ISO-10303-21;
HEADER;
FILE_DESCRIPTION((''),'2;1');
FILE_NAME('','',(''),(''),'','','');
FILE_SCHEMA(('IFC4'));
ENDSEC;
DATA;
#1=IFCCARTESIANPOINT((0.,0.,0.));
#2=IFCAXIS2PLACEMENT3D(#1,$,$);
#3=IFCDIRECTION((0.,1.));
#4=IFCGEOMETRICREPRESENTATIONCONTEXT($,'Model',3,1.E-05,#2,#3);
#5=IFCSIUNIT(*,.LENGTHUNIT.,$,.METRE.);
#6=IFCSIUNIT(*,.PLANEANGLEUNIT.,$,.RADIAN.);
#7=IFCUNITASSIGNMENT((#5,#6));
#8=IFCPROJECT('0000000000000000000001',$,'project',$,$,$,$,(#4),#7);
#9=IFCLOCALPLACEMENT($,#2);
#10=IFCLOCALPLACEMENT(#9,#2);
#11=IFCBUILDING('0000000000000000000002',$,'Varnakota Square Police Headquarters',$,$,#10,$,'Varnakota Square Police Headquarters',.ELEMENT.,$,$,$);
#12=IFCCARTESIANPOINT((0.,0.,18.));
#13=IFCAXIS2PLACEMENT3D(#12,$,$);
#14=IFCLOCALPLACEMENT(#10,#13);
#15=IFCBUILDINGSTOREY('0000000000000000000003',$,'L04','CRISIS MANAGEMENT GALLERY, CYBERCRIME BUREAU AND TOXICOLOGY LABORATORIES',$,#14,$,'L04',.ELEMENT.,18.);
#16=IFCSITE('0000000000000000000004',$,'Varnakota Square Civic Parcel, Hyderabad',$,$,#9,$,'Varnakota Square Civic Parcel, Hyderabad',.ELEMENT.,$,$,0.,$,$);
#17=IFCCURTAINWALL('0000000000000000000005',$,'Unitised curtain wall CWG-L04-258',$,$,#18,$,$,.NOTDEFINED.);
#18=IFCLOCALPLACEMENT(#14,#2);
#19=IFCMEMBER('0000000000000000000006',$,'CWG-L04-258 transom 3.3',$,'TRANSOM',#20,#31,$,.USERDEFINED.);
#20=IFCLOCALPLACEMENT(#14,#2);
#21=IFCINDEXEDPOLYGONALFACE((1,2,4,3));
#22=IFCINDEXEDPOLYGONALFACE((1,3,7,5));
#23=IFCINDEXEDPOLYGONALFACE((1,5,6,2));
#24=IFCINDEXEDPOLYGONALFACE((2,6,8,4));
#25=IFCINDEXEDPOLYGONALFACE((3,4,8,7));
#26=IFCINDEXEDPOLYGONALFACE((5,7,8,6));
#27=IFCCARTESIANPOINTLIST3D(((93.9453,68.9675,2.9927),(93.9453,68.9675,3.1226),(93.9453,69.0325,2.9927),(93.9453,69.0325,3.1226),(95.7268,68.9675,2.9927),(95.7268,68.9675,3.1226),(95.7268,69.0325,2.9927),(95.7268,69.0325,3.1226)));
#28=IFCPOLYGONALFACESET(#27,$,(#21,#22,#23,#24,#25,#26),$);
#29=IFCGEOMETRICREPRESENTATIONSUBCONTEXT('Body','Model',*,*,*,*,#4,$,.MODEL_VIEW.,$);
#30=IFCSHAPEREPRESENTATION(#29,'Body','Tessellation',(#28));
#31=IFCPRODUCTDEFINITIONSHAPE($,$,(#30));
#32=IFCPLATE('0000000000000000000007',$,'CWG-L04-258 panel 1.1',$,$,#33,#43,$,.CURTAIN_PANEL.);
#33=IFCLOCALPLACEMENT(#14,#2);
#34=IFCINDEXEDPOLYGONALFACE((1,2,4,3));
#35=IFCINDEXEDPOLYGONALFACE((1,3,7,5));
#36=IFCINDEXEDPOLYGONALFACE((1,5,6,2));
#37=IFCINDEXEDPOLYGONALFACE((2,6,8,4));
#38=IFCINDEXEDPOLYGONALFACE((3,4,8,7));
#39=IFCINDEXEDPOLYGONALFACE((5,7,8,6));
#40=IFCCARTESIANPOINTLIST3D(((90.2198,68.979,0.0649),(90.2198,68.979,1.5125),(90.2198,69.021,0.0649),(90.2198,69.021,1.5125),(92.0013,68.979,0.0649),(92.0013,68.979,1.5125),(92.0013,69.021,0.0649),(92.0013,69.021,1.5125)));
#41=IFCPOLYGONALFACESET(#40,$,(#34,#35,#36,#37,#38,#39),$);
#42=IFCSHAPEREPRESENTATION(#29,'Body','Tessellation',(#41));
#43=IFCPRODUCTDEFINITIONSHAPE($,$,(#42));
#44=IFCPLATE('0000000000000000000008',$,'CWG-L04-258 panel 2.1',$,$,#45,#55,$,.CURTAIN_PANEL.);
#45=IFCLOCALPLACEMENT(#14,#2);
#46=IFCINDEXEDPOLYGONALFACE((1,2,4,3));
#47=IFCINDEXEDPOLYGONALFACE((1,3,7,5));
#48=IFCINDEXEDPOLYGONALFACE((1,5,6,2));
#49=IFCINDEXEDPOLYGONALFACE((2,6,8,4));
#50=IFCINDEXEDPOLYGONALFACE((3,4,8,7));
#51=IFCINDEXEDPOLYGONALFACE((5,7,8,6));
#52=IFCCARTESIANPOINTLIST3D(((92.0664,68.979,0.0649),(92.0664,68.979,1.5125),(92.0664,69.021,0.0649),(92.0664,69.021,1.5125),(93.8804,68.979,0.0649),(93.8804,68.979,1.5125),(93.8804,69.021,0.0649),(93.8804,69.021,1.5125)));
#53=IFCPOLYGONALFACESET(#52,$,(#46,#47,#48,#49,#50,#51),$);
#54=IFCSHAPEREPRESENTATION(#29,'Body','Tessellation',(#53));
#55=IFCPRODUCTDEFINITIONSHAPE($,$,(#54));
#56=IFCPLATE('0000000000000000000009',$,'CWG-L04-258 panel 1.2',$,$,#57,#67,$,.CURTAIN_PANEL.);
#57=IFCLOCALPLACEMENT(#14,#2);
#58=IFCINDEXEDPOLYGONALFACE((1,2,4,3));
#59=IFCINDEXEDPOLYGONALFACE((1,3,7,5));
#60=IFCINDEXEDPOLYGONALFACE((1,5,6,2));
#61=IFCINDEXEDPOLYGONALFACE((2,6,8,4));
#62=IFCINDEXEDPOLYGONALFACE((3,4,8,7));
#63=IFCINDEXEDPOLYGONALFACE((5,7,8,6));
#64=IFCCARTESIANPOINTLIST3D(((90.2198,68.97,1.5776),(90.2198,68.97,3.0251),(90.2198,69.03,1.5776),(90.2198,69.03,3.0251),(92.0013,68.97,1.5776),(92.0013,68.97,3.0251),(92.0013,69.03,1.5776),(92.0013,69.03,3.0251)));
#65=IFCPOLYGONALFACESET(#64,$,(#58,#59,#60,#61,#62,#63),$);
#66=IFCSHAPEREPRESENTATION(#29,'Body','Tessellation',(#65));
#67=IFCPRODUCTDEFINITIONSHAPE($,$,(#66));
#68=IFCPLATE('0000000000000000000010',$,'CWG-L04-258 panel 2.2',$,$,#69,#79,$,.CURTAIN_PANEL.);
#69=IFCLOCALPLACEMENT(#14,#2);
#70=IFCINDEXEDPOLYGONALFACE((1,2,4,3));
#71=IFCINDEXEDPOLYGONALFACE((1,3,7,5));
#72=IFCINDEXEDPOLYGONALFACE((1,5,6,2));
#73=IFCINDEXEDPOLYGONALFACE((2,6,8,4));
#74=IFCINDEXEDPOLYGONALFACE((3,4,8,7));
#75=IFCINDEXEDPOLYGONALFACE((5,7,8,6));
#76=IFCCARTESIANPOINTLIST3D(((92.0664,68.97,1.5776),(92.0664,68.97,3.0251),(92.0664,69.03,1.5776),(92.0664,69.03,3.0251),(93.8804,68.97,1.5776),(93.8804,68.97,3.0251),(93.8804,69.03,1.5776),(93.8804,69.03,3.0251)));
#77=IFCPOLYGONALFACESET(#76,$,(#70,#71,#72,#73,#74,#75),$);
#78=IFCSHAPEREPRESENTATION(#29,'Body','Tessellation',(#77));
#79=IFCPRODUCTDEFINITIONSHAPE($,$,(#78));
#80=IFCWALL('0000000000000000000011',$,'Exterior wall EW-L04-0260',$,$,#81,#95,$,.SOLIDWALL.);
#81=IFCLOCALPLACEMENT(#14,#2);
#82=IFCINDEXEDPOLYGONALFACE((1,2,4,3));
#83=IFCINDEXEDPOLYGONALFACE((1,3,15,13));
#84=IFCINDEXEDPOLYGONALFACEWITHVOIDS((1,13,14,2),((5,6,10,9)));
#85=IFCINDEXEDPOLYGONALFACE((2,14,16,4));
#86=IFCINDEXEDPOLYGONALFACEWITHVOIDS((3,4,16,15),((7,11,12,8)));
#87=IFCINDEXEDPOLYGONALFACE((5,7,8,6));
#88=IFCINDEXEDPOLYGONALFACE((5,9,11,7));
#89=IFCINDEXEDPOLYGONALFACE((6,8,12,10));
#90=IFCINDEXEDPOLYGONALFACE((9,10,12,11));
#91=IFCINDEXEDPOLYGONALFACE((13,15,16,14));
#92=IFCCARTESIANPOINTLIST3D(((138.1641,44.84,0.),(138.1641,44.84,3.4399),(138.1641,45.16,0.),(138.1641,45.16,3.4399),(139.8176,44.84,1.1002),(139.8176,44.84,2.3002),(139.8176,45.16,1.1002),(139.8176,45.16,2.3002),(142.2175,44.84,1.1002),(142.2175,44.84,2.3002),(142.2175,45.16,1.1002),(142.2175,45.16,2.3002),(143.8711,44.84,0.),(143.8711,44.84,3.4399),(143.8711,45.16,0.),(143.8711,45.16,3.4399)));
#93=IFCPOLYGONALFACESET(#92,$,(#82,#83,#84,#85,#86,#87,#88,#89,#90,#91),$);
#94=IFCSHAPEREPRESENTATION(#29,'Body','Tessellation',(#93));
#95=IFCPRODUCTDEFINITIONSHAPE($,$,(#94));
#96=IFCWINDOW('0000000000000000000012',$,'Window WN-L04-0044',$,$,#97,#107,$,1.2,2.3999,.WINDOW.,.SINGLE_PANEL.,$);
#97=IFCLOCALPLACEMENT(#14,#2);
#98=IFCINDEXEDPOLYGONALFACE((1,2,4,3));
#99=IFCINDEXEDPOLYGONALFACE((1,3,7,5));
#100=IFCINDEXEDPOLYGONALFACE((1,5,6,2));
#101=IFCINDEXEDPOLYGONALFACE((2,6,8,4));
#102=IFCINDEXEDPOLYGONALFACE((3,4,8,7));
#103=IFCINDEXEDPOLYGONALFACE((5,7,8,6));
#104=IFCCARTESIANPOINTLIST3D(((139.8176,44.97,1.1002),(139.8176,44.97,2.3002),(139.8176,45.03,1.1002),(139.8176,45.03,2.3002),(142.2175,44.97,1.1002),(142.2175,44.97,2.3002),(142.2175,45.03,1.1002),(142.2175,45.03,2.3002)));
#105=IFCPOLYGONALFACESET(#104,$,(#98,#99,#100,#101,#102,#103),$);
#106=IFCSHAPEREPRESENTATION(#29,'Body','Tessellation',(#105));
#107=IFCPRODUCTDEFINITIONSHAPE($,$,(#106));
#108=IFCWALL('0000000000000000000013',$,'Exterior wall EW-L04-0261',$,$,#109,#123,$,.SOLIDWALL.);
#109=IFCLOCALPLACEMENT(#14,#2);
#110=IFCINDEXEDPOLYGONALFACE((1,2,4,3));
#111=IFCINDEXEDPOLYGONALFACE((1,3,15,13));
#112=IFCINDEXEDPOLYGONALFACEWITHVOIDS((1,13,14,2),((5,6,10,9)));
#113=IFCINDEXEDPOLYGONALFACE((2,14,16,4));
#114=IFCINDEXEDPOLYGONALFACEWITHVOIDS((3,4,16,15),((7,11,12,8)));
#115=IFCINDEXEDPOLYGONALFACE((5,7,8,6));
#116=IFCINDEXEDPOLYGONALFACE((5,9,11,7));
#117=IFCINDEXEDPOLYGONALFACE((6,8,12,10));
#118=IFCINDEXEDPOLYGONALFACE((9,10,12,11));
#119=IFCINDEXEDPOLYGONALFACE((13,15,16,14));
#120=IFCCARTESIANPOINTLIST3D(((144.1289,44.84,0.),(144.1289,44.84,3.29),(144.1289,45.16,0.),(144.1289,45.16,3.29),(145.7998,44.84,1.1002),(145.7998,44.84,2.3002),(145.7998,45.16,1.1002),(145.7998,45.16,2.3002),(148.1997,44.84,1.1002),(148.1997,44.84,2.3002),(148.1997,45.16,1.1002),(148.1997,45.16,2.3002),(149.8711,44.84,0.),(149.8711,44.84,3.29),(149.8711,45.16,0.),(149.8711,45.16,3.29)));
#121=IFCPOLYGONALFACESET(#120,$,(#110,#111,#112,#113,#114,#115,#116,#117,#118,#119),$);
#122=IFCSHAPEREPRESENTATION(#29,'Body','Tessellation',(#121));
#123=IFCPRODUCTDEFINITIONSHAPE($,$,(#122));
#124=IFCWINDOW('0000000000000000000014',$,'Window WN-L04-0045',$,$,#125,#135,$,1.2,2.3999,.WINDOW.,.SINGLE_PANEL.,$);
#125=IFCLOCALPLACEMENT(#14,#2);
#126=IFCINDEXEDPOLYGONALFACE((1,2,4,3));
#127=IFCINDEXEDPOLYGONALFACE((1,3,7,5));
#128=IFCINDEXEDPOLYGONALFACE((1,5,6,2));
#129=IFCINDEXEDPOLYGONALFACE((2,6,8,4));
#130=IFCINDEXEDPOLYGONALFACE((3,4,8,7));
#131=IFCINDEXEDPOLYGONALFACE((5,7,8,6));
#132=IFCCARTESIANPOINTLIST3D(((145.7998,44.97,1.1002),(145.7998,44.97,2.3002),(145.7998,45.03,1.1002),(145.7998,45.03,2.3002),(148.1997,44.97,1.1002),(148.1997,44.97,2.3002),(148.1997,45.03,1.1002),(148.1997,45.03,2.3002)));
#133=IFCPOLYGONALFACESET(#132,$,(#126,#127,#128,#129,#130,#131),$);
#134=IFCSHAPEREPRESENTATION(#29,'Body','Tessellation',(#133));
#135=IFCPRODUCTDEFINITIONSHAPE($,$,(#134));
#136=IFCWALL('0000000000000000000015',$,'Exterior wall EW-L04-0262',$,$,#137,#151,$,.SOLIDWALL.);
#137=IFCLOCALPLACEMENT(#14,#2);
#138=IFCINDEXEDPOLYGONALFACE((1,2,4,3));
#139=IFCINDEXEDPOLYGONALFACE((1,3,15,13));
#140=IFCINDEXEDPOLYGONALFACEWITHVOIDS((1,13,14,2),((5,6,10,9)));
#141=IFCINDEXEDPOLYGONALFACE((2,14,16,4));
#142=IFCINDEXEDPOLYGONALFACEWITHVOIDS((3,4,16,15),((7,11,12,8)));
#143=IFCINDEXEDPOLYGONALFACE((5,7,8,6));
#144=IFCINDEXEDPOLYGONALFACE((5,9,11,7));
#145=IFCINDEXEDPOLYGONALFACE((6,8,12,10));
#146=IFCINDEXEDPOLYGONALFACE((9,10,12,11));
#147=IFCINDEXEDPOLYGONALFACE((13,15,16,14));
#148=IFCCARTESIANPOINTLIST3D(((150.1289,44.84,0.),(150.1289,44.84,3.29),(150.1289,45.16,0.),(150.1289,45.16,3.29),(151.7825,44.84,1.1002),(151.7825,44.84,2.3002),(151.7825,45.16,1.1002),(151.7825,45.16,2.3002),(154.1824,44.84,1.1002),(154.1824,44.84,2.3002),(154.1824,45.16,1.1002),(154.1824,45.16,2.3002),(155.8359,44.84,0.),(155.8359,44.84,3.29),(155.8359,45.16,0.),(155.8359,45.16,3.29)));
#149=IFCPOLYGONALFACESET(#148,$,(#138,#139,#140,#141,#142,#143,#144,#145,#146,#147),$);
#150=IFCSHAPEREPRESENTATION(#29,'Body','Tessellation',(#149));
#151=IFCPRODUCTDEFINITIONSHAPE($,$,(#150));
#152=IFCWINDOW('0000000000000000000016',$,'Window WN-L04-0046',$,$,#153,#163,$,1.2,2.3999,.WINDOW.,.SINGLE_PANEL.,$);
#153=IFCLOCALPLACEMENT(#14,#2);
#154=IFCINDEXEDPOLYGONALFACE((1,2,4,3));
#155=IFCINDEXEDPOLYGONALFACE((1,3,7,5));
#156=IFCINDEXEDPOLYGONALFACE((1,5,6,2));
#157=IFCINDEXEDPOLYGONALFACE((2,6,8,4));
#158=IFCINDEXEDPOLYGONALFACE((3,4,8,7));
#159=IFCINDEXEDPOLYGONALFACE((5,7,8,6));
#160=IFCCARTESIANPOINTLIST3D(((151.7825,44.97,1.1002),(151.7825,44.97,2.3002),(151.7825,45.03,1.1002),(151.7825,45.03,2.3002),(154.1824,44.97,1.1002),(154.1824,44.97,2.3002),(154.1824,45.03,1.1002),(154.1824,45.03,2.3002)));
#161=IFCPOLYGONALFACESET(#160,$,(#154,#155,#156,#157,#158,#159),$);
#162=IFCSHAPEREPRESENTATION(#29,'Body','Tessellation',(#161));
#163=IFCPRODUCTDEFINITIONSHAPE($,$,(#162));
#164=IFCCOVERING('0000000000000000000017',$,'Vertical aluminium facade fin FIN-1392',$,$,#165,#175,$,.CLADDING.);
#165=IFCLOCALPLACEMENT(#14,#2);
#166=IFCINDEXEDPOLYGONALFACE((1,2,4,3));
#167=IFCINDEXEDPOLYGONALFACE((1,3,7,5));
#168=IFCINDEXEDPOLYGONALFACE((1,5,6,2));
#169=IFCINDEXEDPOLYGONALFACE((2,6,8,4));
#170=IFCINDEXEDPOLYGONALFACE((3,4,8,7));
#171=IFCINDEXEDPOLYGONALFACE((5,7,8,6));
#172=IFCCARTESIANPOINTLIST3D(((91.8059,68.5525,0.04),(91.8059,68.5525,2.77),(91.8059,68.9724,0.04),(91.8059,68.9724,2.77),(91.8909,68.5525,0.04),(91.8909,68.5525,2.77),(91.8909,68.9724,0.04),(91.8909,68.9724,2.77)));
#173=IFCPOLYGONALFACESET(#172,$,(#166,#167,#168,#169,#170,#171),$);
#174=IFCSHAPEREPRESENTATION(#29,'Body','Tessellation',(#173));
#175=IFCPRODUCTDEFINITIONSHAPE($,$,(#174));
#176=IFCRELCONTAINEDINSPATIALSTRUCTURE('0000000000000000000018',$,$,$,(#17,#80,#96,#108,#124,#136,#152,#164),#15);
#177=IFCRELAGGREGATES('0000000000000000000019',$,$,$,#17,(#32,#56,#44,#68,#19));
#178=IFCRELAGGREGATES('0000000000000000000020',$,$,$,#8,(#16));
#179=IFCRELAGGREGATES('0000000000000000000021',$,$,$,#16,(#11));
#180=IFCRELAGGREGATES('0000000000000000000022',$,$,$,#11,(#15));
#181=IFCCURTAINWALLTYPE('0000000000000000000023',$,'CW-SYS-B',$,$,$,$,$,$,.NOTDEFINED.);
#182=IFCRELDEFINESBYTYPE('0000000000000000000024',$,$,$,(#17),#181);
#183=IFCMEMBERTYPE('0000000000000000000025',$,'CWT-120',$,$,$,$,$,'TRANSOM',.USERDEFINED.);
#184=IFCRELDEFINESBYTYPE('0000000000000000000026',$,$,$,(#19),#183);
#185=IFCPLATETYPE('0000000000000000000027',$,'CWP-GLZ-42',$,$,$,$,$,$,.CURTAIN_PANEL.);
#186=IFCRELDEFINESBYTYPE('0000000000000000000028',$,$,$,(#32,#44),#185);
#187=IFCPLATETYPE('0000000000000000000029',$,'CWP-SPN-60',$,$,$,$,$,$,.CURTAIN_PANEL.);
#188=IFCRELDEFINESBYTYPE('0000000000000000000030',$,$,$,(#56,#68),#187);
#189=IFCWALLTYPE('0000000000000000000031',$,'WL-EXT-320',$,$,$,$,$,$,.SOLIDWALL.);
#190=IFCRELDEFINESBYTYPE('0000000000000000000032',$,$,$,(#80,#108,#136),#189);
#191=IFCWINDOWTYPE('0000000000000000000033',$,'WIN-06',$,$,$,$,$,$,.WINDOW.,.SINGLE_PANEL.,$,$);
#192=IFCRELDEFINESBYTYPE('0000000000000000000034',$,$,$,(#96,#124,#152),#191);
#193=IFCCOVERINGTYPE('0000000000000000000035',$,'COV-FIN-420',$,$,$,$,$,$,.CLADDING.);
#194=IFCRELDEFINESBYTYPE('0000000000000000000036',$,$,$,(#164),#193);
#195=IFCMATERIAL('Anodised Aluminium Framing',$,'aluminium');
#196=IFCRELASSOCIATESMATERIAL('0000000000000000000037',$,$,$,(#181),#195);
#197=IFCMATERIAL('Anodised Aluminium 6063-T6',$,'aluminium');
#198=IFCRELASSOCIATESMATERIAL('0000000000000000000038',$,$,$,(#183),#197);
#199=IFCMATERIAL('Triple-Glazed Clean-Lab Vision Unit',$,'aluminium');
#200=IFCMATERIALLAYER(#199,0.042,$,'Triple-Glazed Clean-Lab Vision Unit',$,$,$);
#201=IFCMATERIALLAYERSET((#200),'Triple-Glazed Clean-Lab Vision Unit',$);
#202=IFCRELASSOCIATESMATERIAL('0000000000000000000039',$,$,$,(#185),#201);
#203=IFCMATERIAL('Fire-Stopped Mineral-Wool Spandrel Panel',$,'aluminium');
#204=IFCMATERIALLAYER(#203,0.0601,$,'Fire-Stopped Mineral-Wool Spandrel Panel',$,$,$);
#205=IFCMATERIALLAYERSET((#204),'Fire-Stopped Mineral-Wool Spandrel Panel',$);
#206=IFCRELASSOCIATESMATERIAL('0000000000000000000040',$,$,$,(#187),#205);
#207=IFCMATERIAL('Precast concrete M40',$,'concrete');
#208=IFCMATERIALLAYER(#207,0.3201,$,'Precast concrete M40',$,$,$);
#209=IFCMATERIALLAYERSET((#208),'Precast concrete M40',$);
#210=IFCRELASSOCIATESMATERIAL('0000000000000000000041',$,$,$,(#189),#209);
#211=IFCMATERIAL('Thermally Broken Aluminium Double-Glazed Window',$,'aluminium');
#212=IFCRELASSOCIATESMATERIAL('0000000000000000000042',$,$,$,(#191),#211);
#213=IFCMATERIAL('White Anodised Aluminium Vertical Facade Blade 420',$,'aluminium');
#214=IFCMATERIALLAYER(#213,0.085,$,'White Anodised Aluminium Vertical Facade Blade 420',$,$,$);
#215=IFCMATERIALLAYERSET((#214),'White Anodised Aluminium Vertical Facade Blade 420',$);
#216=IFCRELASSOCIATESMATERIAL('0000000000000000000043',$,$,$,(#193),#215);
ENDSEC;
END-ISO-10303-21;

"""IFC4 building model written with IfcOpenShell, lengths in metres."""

from ifc_helpers import new_model, si_unit, direction, frame, frame_2d, origin, origin_2d, place, context, subcontext, project, spatial, rectangle, extrude, material, layer, layer_set, material_profile, profile_set, type_object, element, fill, aggregate, save


model = new_model("IFC4")

# Units and contexts
model_context = context("Model", 3, precision=1e-05, world=origin(), true_north=direction((0.0, 1.0)))
body_context = subcontext(model_context, "Body", "Model", "MODEL_VIEW")
ifc_project = project(units=[si_unit("LENGTHUNIT", "METRE"), si_unit("PLANEANGLEUNIT", "RADIAN")], contexts=[model_context])

# Site, building, storey
site_placement = place(None, origin())
site = spatial("IfcSite", under=ifc_project, at=site_placement, Name="Varnakota Square Civic Parcel, Hyderabad", LongName="Varnakota Square Civic Parcel, Hyderabad", CompositionType="ELEMENT", RefElevation=0.0)
building_placement = place(site_placement, origin())
building = spatial("IfcBuilding", under=site, at=building_placement, Name="Varnakota Square Police Headquarters", LongName="Varnakota Square Police Headquarters", CompositionType="ELEMENT")
storey_placement = place(building_placement, frame((0.0, 0.0, 18.0)))
storey = spatial("IfcBuildingStorey", under=building, at=storey_placement, Name="L04", Description="CRISIS MANAGEMENT GALLERY, CYBERCRIME BUREAU AND TOXICOLOGY LABORATORIES", LongName="L04", CompositionType="ELEMENT", Elevation=18.0)

# Curtain wall, member, plates
ifc_material_1 = material(Name="Anodised Aluminium Framing", Category="aluminium")
curtain_wall_type = type_object("IfcCurtainWallType", Name="CW-SYS-B", PredefinedType="NOTDEFINED", material=ifc_material_1)
curtain_wall_placement = place(storey_placement, origin())
curtain_wall = element("IfcCurtainWall", 1, at=curtain_wall_placement, inside=storey, type_object=curtain_wall_type, Name="Unitised curtain wall CWG-L04-258", PredefinedType="NOTDEFINED")
ifc_material_2 = material(Name="Anodised Aluminium 6063-T6", Category="aluminium")
ifc_material_profile_1 = material_profile(ifc_material_2, rectangle(XDim=0.0649, YDim=0.1299, at=origin_2d()), Name="ALU TRANSOM 65x130")
ifc_profile_set_1 = profile_set([ifc_material_profile_1], Name="Anodised Aluminium 6063-T6")
member_type_1 = type_object("IfcMemberType", Name="CWT-120", ElementType="TRANSOM", PredefinedType="USERDEFINED", material=ifc_profile_set_1)
member_1_placement = place(storey_placement, frame((93.9453, 69.0, 3.0576), z_axis=(1.0, 0.0, 0.0), x_axis=(0.0, 1.0, 0.0)))
member_1 = element("IfcMember", 2, at=member_1_placement, type_object=member_type_1, Name="CWG-L04-258 transom 3.3", ObjectType="TRANSOM", PredefinedType="USERDEFINED", context=body_context, shape_type="SweptSolid", body=[
    extrude(rectangle(XDim=0.0649, YDim=0.1299, at=origin_2d()), origin(), (0.0, 0.0, 1.0), 1.7815),
])
ifc_material_3 = material(Name="Triple-Glazed Clean-Lab Vision Unit", Category="aluminium")
ifc_layer_1 = layer(ifc_material_3, 0.042, Name="Triple-Glazed Clean-Lab Vision Unit")
ifc_layer_set_1 = layer_set([ifc_layer_1], Name="Triple-Glazed Clean-Lab Vision Unit")
plate_type_1 = type_object("IfcPlateType", Name="CWP-GLZ-42", PredefinedType="CURTAIN_PANEL", material=ifc_layer_set_1)
plate_1_placement = place(storey_placement, frame((91.1106, 69.0, 0.0649), z_axis=(0.0, 0.0, 1.0), x_axis=(1.0, 0.0, 0.0)))
plate_1 = element("IfcPlate", 3, at=plate_1_placement, type_object=plate_type_1, Name="CWG-L04-258 panel 1.1", PredefinedType="CURTAIN_PANEL", context=body_context, shape_type="SweptSolid", body=[
    extrude(rectangle(XDim=1.7815, YDim=0.042, at=origin_2d()), origin(), (0.0, 0.0, 1.0), 1.4475),
])
plate_2_placement = place(storey_placement, frame((92.9734, 69.0, 0.0649), z_axis=(0.0, 0.0, 1.0), x_axis=(1.0, 0.0, 0.0)))
plate_2 = element("IfcPlate", 4, at=plate_2_placement, type_object=plate_type_1, Name="CWG-L04-258 panel 2.1", PredefinedType="CURTAIN_PANEL", context=body_context, shape_type="SweptSolid", body=[
    extrude(rectangle(XDim=1.814, YDim=0.042, at=origin_2d()), origin(), (0.0, 0.0, 1.0), 1.4475),
])
ifc_material_4 = material(Name="Fire-Stopped Mineral-Wool Spandrel Panel", Category="aluminium")
ifc_layer_2 = layer(ifc_material_4, 0.0601, Name="Fire-Stopped Mineral-Wool Spandrel Panel")
ifc_layer_set_2 = layer_set([ifc_layer_2], Name="Fire-Stopped Mineral-Wool Spandrel Panel")
plate_type_2 = type_object("IfcPlateType", Name="CWP-SPN-60", PredefinedType="CURTAIN_PANEL", material=ifc_layer_set_2)
plate_3_placement = place(storey_placement, frame((91.1106, 69.0, 1.5776), z_axis=(0.0, 0.0, 1.0), x_axis=(1.0, 0.0, 0.0)))
plate_3 = element("IfcPlate", 5, at=plate_3_placement, type_object=plate_type_2, Name="CWG-L04-258 panel 1.2", PredefinedType="CURTAIN_PANEL", context=body_context, shape_type="SweptSolid", body=[
    extrude(rectangle(XDim=1.7815, YDim=0.0601, at=origin_2d()), origin(), (0.0, 0.0, 1.0), 1.4475),
])
plate_4_placement = place(storey_placement, frame((92.9734, 69.0, 1.5776), z_axis=(0.0, 0.0, 1.0), x_axis=(1.0, 0.0, 0.0)))
plate_4 = element("IfcPlate", 6, at=plate_4_placement, type_object=plate_type_2, Name="CWG-L04-258 panel 2.2", PredefinedType="CURTAIN_PANEL", context=body_context, shape_type="SweptSolid", body=[
    extrude(rectangle(XDim=1.814, YDim=0.0601, at=origin_2d()), origin(), (0.0, 0.0, 1.0), 1.4475),
])
aggregate(curtain_wall, [plate_1, plate_3, plate_2, plate_4, member_1])

# Walls, openings, windows
ifc_material_5 = material(Name="Precast concrete M40", Category="concrete")
ifc_layer_3 = layer(ifc_material_5, 0.3201, Name="Precast concrete M40")
ifc_layer_set_3 = layer_set([ifc_layer_3], Name="Precast concrete M40")
wall_type = type_object("IfcWallType", Name="WL-EXT-320", PredefinedType="SOLIDWALL", material=ifc_layer_set_3)
wall_1_placement = place(storey_placement, frame((138.1641, 45.0, 0.0), z_axis=(0.0, 0.0, 1.0), x_axis=(1.0, 0.0, 0.0)))
wall_1 = element("IfcWall", 7, at=wall_1_placement, inside=storey, type_object=wall_type, Name="Exterior wall EW-L04-0260", PredefinedType="SOLIDWALL", context=body_context, shape_type="SweptSolid", body=[
    extrude(rectangle(XDim=5.707, YDim=0.3201, at=frame_2d((2.8535, 0.0))), origin(), (0.0, 0.0, 1.0), 3.4399),
])
opening_1_placement = place(wall_1_placement, frame((1.6536, 0.0, 1.1001)))
opening_1 = element("IfcOpeningElement", 8, at=opening_1_placement, cuts=wall_1, PredefinedType="OPENING", context=body_context, shape_type="SweptSolid", body=[
    extrude(rectangle(XDim=2.3999, YDim=1.2, at=frame_2d((1.2, 0.6001))), frame((0.0, 0.1699, 0.0), z_axis=(0.0, -1.0, 0.0), x_axis=(1.0, 0.0, 0.0)), (0.0, 0.0, 1.0), 0.3401),
])
ifc_material_6 = material(Name="Thermally Broken Aluminium Double-Glazed Window", Category="aluminium")
window_type = type_object("IfcWindowType", Name="WIN-06", PartitioningType="SINGLE_PANEL", PredefinedType="WINDOW", material=ifc_material_6)
window_1_placement = place(opening_1_placement, origin())
window_1 = element("IfcWindow", 9, at=window_1_placement, inside=storey, type_object=window_type, Name="Window WN-L04-0044", OverallHeight=1.2, OverallWidth=2.3999, PartitioningType="SINGLE_PANEL", PredefinedType="WINDOW", context=body_context, shape_type="SweptSolid", body=[
    extrude(rectangle(XDim=2.3999, YDim=1.2, at=frame_2d((1.2, 0.6001))), frame((0.0, 0.03, 0.0), z_axis=(0.0, -1.0, 0.0), x_axis=(1.0, 0.0, 0.0)), (0.0, 0.0, 1.0), 0.0601),
])
fill(opening_1, window_1)
wall_2_placement = place(storey_placement, frame((144.1289, 45.0, 0.0), z_axis=(0.0, 0.0, 1.0), x_axis=(1.0, 0.0, 0.0)))
wall_2 = element("IfcWall", 10, at=wall_2_placement, inside=storey, type_object=wall_type, Name="Exterior wall EW-L04-0261", PredefinedType="SOLIDWALL", context=body_context, shape_type="SweptSolid", body=[
    extrude(rectangle(XDim=5.7422, YDim=0.3201, at=frame_2d((2.8711, 0.0))), origin(), (0.0, 0.0, 1.0), 3.29),
])
opening_2_placement = place(wall_2_placement, frame((1.6709, 0.0, 1.1001)))
opening_2 = element("IfcOpeningElement", 11, at=opening_2_placement, cuts=wall_2, PredefinedType="OPENING", context=body_context, shape_type="SweptSolid", body=[
    extrude(rectangle(XDim=2.3999, YDim=1.2, at=frame_2d((1.2, 0.6001))), frame((0.0, 0.1699, 0.0), z_axis=(0.0, -1.0, 0.0), x_axis=(1.0, 0.0, 0.0)), (0.0, 0.0, 1.0), 0.3401),
])
window_2_placement = place(opening_2_placement, origin())
window_2 = element("IfcWindow", 12, at=window_2_placement, inside=storey, type_object=window_type, Name="Window WN-L04-0045", OverallHeight=1.2, OverallWidth=2.3999, PartitioningType="SINGLE_PANEL", PredefinedType="WINDOW", context=body_context, shape_type="SweptSolid", body=[
    extrude(rectangle(XDim=2.3999, YDim=1.2, at=frame_2d((1.2, 0.6001))), frame((0.0, 0.03, 0.0), z_axis=(0.0, -1.0, 0.0), x_axis=(1.0, 0.0, 0.0)), (0.0, 0.0, 1.0), 0.0601),
])
fill(opening_2, window_2)
wall_3_placement = place(storey_placement, frame((150.1289, 45.0, 0.0), z_axis=(0.0, 0.0, 1.0), x_axis=(1.0, 0.0, 0.0)))
wall_3 = element("IfcWall", 13, at=wall_3_placement, inside=storey, type_object=wall_type, Name="Exterior wall EW-L04-0262", PredefinedType="SOLIDWALL", context=body_context, shape_type="SweptSolid", body=[
    extrude(rectangle(XDim=5.707, YDim=0.3201, at=frame_2d((2.8535, 0.0))), origin(), (0.0, 0.0, 1.0), 3.29),
])
opening_3_placement = place(wall_3_placement, frame((1.6536, 0.0, 1.1001)))
opening_3 = element("IfcOpeningElement", 14, at=opening_3_placement, cuts=wall_3, PredefinedType="OPENING", context=body_context, shape_type="SweptSolid", body=[
    extrude(rectangle(XDim=2.3999, YDim=1.2, at=frame_2d((1.2, 0.6001))), frame((0.0, 0.1699, 0.0), z_axis=(0.0, -1.0, 0.0), x_axis=(1.0, 0.0, 0.0)), (0.0, 0.0, 1.0), 0.3401),
])
window_3_placement = place(opening_3_placement, origin())
window_3 = element("IfcWindow", 15, at=window_3_placement, inside=storey, type_object=window_type, Name="Window WN-L04-0046", OverallHeight=1.2, OverallWidth=2.3999, PartitioningType="SINGLE_PANEL", PredefinedType="WINDOW", context=body_context, shape_type="SweptSolid", body=[
    extrude(rectangle(XDim=2.3999, YDim=1.2, at=frame_2d((1.2, 0.6001))), frame((0.0, 0.03, 0.0), z_axis=(0.0, -1.0, 0.0), x_axis=(1.0, 0.0, 0.0)), (0.0, 0.0, 1.0), 0.0601),
])
fill(opening_3, window_3)

# Covering
ifc_material_7 = material(Name="White Anodised Aluminium Vertical Facade Blade 420", Category="aluminium")
ifc_layer_4 = layer(ifc_material_7, 0.085, Name="White Anodised Aluminium Vertical Facade Blade 420")
ifc_layer_set_4 = layer_set([ifc_layer_4], Name="White Anodised Aluminium Vertical Facade Blade 420")
covering_type_1 = type_object("IfcCoveringType", Name="COV-FIN-420", PredefinedType="CLADDING", material=ifc_layer_set_4)
covering_1_placement = place(storey_placement, frame((91.8484, 68.7625, 0.04), z_axis=(0.0, 0.0, 1.0), x_axis=(1.0, 0.0, 0.0)))
element("IfcCovering", 16, at=covering_1_placement, inside=storey, type_object=covering_type_1, Name="Vertical aluminium facade fin FIN-1392", PredefinedType="CLADDING", context=body_context, shape_type="SweptSolid", body=[
    extrude(rectangle(XDim=0.085, YDim=0.4199, at=origin_2d()), origin(), (0.0, 0.0, 1.0), 2.73),
])

save(model, "model.ifc")
